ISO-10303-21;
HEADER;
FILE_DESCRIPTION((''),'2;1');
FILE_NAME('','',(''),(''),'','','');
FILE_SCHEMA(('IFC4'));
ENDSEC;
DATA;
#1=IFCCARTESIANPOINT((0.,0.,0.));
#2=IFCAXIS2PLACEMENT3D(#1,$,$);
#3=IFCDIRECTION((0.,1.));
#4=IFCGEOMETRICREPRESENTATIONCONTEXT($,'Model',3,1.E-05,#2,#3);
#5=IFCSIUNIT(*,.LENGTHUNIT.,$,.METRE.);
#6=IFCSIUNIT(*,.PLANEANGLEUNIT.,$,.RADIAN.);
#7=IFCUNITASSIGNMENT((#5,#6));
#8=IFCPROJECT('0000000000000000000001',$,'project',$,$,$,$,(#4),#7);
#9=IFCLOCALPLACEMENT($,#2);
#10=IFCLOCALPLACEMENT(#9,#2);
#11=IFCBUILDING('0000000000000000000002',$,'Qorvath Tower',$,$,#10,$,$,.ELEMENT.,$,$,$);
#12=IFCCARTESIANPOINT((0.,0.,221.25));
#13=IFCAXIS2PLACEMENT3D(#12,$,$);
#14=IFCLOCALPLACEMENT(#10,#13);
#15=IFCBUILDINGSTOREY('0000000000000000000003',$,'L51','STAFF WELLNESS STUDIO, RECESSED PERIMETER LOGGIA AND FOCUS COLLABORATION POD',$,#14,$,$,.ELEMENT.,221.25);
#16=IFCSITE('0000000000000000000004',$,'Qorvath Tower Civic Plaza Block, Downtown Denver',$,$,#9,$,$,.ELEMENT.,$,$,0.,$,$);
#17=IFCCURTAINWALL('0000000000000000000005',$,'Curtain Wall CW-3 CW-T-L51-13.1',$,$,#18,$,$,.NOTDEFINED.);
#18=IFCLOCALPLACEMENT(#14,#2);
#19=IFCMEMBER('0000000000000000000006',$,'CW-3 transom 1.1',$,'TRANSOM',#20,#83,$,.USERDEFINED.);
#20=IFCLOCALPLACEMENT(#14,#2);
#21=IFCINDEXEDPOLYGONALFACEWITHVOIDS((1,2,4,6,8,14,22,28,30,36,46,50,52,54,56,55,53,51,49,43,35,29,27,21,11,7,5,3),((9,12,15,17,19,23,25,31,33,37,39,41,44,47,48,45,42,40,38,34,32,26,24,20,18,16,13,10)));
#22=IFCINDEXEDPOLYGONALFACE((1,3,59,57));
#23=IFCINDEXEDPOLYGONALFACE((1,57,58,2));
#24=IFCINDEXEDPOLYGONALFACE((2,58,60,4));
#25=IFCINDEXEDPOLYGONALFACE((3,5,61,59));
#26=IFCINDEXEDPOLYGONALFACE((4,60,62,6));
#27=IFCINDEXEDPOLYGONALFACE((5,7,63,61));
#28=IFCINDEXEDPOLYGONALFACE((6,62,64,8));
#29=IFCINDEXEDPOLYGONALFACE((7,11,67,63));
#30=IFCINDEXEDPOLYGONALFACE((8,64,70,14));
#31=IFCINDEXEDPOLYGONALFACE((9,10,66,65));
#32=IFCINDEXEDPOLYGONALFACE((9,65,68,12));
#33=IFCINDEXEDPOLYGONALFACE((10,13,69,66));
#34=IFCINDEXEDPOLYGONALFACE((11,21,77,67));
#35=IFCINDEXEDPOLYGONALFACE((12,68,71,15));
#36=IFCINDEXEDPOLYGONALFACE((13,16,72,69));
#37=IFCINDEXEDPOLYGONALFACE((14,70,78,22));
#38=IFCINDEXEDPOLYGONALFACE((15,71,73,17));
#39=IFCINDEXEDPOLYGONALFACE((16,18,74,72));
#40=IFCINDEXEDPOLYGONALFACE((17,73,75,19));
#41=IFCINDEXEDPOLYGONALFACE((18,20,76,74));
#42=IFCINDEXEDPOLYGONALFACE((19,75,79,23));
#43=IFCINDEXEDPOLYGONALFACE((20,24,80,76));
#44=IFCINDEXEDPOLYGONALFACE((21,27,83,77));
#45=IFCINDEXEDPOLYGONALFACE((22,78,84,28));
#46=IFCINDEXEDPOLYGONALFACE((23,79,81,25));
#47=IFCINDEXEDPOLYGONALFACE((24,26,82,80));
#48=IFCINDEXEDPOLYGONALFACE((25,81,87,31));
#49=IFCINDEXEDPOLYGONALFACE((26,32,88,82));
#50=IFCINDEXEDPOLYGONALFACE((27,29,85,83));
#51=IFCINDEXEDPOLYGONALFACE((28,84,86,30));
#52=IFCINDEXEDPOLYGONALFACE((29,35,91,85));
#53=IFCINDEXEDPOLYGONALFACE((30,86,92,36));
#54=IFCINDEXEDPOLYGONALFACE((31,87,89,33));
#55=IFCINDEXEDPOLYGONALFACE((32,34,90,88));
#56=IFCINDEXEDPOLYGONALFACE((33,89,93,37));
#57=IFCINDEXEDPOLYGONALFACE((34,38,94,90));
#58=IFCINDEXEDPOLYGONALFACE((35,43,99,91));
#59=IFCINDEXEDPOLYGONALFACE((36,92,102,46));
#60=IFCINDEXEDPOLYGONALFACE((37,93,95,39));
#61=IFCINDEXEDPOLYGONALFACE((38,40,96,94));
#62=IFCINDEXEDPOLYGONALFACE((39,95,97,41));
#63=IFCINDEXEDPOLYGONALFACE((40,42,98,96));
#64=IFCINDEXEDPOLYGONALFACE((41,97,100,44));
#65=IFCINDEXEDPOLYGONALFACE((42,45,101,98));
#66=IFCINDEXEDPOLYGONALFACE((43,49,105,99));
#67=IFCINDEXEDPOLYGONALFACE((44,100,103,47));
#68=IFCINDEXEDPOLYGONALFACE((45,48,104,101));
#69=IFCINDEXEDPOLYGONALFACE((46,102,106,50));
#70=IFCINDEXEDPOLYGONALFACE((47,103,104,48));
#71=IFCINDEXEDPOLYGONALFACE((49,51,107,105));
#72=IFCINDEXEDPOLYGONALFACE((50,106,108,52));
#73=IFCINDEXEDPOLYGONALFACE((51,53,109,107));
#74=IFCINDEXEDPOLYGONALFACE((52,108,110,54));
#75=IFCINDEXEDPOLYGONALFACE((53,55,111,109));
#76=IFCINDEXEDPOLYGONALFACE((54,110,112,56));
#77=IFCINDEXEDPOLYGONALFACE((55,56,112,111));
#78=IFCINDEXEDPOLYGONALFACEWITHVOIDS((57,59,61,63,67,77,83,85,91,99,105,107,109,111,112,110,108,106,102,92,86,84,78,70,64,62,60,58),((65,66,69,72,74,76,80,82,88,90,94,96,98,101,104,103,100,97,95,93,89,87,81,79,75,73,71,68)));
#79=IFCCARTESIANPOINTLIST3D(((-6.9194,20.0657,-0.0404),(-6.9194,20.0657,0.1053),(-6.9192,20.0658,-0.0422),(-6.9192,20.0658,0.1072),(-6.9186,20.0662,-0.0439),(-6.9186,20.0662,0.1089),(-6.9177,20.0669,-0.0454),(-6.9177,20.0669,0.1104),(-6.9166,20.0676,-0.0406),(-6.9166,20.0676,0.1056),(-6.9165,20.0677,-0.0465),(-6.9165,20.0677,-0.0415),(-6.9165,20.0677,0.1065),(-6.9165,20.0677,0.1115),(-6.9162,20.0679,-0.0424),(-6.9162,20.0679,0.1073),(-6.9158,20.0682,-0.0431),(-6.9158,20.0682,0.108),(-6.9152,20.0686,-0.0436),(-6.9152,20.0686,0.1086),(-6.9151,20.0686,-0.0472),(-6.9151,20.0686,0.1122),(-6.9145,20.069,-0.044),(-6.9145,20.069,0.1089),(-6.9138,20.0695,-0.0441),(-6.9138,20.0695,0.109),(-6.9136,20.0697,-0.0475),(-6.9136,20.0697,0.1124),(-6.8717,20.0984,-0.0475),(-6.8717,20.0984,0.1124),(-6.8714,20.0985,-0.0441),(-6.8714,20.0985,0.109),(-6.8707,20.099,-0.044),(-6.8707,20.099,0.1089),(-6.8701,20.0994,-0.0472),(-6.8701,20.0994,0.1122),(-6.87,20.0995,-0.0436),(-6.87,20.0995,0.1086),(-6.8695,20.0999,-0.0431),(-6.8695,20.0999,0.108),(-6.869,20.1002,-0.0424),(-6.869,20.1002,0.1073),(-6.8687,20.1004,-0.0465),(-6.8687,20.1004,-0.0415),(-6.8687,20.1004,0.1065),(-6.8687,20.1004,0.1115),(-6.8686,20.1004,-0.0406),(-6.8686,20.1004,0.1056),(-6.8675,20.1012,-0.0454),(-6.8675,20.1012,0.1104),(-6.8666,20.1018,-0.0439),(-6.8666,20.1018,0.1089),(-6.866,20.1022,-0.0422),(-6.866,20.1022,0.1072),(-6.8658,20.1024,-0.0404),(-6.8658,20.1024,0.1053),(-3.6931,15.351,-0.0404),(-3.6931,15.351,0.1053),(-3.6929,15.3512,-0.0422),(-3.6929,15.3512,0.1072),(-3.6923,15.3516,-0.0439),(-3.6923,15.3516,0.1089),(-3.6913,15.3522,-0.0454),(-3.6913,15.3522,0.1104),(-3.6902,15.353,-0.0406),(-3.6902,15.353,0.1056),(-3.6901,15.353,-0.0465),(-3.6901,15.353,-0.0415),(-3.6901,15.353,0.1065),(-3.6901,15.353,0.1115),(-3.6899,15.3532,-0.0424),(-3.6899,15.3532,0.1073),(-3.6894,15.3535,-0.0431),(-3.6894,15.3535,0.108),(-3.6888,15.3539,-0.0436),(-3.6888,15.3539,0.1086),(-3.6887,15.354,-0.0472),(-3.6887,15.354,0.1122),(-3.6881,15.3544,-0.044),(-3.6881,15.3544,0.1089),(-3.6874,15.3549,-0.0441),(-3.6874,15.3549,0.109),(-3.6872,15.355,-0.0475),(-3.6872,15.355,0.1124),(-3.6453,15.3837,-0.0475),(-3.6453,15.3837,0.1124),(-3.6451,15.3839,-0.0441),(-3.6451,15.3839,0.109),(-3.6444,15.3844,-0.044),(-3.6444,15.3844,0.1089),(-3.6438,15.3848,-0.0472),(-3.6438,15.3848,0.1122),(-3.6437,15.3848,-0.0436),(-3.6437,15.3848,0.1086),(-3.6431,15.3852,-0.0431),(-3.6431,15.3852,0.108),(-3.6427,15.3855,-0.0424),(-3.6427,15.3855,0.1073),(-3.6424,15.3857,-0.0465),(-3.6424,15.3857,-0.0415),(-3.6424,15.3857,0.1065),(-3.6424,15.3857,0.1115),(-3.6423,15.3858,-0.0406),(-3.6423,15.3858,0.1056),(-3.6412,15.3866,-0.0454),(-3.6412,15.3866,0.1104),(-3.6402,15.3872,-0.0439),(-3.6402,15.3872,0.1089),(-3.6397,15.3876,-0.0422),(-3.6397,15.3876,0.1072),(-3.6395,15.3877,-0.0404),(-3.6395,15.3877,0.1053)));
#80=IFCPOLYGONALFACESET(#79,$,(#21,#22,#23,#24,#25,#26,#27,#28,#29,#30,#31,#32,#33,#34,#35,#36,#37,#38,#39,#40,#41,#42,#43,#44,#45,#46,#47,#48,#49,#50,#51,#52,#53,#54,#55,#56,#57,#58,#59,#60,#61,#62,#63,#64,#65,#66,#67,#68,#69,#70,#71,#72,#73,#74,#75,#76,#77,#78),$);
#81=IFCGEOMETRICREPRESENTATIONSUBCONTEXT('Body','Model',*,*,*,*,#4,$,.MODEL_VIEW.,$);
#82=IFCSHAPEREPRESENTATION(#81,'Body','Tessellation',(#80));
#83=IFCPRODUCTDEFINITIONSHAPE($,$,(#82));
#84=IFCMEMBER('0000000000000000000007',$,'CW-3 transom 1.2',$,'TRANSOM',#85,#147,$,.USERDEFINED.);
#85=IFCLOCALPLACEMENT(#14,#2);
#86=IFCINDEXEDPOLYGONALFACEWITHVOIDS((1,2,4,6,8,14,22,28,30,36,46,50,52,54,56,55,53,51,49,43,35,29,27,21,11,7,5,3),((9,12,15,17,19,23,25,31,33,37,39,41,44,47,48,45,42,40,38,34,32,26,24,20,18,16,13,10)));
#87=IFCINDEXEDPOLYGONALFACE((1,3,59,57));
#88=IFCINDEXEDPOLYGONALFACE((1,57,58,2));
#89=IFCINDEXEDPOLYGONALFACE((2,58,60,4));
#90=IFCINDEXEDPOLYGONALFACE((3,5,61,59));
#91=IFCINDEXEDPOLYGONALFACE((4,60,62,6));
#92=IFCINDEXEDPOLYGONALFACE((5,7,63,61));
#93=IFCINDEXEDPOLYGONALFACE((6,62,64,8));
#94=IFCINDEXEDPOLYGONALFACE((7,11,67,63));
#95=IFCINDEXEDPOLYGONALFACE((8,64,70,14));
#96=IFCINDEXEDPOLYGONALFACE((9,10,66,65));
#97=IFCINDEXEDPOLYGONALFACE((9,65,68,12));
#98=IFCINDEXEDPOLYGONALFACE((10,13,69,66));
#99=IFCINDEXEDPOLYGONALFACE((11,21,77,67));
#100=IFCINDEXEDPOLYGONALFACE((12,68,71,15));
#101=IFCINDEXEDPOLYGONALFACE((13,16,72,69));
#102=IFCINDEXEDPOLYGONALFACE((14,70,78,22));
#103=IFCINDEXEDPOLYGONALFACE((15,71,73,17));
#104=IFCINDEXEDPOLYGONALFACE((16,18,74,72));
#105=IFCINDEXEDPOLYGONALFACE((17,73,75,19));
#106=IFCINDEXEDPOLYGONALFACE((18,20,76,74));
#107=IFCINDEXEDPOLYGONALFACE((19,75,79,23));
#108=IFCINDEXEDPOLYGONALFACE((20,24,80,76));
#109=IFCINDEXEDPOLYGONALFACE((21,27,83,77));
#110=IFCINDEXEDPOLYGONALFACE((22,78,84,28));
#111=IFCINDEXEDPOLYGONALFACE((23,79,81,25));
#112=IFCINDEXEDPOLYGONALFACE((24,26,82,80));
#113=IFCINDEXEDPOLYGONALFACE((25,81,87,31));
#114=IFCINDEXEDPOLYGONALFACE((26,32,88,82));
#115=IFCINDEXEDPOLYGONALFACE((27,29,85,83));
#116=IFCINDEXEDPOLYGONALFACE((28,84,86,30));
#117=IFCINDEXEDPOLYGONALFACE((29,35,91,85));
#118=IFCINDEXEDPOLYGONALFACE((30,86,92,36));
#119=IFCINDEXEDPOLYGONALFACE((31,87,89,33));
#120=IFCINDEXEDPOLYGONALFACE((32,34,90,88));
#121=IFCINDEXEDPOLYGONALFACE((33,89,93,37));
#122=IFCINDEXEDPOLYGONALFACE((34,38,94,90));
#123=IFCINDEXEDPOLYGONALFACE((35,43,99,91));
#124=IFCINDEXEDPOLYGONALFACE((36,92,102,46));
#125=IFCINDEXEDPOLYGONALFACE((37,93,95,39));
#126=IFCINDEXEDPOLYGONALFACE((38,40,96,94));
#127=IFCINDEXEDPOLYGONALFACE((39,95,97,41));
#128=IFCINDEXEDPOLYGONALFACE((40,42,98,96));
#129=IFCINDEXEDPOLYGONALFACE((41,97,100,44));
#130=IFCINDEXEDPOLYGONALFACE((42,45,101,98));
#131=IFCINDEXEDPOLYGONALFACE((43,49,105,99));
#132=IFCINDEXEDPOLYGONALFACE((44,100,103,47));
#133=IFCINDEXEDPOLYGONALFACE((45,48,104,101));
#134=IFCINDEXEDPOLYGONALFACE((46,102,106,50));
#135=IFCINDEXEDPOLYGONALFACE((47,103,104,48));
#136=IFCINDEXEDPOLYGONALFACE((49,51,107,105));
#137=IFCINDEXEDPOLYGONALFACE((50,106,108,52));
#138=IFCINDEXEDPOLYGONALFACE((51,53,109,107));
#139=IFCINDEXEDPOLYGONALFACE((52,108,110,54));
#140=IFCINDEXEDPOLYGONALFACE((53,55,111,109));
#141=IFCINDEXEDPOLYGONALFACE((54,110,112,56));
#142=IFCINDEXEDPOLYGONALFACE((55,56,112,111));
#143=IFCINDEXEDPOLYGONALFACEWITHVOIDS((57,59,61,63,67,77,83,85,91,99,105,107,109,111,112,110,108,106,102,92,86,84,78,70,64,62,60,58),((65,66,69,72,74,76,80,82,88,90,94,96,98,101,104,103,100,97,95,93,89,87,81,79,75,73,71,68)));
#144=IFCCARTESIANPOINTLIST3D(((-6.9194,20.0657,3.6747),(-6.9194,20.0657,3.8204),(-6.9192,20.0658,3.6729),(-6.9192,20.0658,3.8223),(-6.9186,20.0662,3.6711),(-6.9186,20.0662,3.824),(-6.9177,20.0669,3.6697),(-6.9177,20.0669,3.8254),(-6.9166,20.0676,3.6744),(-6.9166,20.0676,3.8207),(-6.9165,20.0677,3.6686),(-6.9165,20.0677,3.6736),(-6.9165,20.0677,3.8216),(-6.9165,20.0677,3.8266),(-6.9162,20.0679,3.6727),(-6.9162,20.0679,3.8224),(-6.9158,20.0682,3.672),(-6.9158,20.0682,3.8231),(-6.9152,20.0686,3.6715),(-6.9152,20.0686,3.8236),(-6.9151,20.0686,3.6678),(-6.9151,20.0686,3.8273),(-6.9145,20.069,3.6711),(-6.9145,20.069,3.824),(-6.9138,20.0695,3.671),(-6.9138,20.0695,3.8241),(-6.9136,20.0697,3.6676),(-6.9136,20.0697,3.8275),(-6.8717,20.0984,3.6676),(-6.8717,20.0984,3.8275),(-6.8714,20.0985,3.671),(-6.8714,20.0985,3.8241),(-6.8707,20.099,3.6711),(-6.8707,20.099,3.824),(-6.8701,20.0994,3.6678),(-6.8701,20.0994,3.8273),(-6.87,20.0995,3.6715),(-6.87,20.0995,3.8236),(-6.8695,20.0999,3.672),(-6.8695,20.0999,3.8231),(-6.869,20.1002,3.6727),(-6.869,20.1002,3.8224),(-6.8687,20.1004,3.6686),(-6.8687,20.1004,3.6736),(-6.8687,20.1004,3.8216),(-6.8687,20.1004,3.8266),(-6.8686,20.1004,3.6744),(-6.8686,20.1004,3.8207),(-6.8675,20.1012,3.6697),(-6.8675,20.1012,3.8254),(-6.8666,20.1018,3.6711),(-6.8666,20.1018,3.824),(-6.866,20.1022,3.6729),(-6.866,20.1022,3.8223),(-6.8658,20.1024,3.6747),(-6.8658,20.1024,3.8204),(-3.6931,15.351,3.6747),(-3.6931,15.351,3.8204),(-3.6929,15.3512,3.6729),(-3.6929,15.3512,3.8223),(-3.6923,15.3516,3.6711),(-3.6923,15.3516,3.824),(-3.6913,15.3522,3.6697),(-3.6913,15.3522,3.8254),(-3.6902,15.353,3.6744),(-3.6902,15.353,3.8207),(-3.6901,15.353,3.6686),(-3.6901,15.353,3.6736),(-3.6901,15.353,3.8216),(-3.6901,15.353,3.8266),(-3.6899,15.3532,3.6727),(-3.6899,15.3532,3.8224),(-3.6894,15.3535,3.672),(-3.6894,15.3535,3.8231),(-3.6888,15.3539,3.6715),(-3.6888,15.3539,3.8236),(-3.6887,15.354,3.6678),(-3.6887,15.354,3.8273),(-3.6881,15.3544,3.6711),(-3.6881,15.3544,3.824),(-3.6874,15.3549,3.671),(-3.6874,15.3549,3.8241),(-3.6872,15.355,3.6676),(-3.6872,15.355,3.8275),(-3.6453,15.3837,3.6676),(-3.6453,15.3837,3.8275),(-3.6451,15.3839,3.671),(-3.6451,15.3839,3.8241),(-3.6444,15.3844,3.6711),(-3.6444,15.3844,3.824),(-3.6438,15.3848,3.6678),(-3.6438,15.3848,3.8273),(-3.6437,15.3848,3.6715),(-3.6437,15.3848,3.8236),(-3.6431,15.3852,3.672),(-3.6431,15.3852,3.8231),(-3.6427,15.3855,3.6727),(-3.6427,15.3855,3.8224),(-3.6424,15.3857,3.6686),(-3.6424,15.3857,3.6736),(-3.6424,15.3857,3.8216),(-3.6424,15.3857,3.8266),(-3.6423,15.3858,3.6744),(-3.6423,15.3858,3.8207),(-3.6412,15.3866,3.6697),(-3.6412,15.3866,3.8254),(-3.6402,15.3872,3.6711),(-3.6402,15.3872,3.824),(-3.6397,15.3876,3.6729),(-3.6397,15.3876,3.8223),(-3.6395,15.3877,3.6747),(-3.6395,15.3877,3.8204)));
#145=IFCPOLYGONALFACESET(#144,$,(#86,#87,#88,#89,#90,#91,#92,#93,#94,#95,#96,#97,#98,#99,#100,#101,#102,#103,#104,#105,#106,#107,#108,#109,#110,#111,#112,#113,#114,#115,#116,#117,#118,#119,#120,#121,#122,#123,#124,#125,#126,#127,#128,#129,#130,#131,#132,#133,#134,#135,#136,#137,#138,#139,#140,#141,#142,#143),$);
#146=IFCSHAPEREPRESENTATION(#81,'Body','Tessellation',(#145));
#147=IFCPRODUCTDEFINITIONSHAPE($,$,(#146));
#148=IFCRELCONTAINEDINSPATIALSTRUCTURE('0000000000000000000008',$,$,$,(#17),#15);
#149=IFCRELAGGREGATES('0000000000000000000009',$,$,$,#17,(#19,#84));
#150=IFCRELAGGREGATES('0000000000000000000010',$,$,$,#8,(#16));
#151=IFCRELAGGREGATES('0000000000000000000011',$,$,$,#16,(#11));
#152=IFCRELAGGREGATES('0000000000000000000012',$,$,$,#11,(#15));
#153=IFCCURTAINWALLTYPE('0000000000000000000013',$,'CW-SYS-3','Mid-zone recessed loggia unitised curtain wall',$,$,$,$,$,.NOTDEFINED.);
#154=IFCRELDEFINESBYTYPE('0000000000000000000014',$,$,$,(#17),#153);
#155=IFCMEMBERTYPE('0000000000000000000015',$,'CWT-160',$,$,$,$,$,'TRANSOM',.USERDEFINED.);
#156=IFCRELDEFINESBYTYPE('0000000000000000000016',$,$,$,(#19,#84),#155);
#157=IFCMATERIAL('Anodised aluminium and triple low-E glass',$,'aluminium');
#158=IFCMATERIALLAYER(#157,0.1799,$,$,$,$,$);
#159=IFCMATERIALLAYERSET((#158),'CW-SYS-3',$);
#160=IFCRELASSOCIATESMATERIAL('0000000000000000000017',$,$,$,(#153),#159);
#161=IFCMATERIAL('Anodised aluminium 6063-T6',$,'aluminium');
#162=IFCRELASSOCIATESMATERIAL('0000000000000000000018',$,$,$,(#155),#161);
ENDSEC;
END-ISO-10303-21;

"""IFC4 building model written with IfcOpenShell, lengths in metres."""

from ifc_helpers import new_model, si_unit, direction, frame, origin, origin_2d, place, context, subcontext, project, spatial, hollow_rectangle, extrude, material, layer, layer_set, material_profile, profile_set, type_object, element, aggregate, save


model = new_model("IFC4")

# Units and contexts
model_context = context("Model", 3, precision=1e-05, world=origin(), true_north=direction((0.0, 1.0)))
body_context = subcontext(model_context, "Body", "Model", "MODEL_VIEW")
ifc_project = project(units=[si_unit("LENGTHUNIT", "METRE"), si_unit("PLANEANGLEUNIT", "RADIAN")], contexts=[model_context])

# Site, building, storey
site_placement = place(None, origin())
site = spatial("IfcSite", under=ifc_project, at=site_placement, Name="Qorvath Tower Civic Plaza Block, Downtown Denver", CompositionType="ELEMENT", RefElevation=0.0)
building_placement = place(site_placement, origin())
building = spatial("IfcBuilding", under=site, at=building_placement, Name="Qorvath Tower", CompositionType="ELEMENT")
storey_placement = place(building_placement, frame((0.0, 0.0, 221.25)))
storey = spatial("IfcBuildingStorey", under=building, at=storey_placement, Name="L51", Description="STAFF WELLNESS STUDIO, RECESSED PERIMETER LOGGIA AND FOCUS COLLABORATION POD", CompositionType="ELEMENT", Elevation=221.25)

# Shared definitions
ifc_material_1 = material(Name="Anodised aluminium and triple low-E glass", Category="aluminium")
ifc_layer_1 = layer(ifc_material_1, 0.1799)
ifc_layer_set_1 = layer_set([ifc_layer_1], Name="CW-SYS-3")
curtain_wall_type = type_object("IfcCurtainWallType", Name="CW-SYS-3", Description="Mid-zone recessed loggia unitised curtain wall", PredefinedType="NOTDEFINED", material=ifc_layer_set_1)

# Curtain wall
curtain_wall_1_placement = place(storey_placement, origin())
curtain_wall_1 = element("IfcCurtainWall", 1, at=curtain_wall_1_placement, inside=storey, type_object=curtain_wall_type, Name="Curtain Wall CW-3 CW-T-L51-13.1", PredefinedType="NOTDEFINED")

# Members
ifc_material_2 = material(Name="Anodised aluminium 6063-T6", Category="aluminium")
ifc_material_profile_1 = material_profile(ifc_material_2, hollow_rectangle(XDim=0.0649, YDim=0.1599, WallThickness=0.0034, InnerFilletRadius=0.0034, OuterFilletRadius=0.0071, at=origin_2d()), Name="CWT 160x65")
ifc_profile_set_1 = profile_set([ifc_material_profile_1], Name="Anodised aluminium 6063-T6")
member_type_1 = type_object("IfcMemberType", Name="CWT-160", ElementType="TRANSOM", PredefinedType="USERDEFINED", material=ifc_profile_set_1)
member_1_placement = place(storey_placement, frame((-3.6663, 15.3694, 0.0325), z_axis=(-0.564748, 0.825263, 0.0), x_axis=(-0.825263, -0.564748, 0.0)))
member_1 = element("IfcMember", 2, at=member_1_placement, type_object=member_type_1, Name="CW-3 transom 1.1", ObjectType="TRANSOM", PredefinedType="USERDEFINED", context=body_context, shape_type="SweptSolid", body=[
    extrude(hollow_rectangle(XDim=0.0649, YDim=0.1599, WallThickness=0.0034, InnerFilletRadius=0.0034, OuterFilletRadius=0.0071, at=origin_2d()), origin(), (0.0, 0.0, 1.0), 5.7129),
])
member_2_placement = place(storey_placement, frame((-3.6663, 15.3694, 3.7476), z_axis=(-0.564748, 0.825263, 0.0), x_axis=(-0.825263, -0.564748, 0.0)))
member_2 = element("IfcMember", 3, at=member_2_placement, type_object=member_type_1, Name="CW-3 transom 1.2", ObjectType="TRANSOM", PredefinedType="USERDEFINED", context=body_context, shape_type="SweptSolid", body=[
    extrude(hollow_rectangle(XDim=0.0649, YDim=0.1599, WallThickness=0.0034, InnerFilletRadius=0.0034, OuterFilletRadius=0.0071, at=origin_2d()), origin(), (0.0, 0.0, 1.0), 5.7129),
])

aggregate(curtain_wall_1, [member_1, member_2])

save(model, "model.ifc")
